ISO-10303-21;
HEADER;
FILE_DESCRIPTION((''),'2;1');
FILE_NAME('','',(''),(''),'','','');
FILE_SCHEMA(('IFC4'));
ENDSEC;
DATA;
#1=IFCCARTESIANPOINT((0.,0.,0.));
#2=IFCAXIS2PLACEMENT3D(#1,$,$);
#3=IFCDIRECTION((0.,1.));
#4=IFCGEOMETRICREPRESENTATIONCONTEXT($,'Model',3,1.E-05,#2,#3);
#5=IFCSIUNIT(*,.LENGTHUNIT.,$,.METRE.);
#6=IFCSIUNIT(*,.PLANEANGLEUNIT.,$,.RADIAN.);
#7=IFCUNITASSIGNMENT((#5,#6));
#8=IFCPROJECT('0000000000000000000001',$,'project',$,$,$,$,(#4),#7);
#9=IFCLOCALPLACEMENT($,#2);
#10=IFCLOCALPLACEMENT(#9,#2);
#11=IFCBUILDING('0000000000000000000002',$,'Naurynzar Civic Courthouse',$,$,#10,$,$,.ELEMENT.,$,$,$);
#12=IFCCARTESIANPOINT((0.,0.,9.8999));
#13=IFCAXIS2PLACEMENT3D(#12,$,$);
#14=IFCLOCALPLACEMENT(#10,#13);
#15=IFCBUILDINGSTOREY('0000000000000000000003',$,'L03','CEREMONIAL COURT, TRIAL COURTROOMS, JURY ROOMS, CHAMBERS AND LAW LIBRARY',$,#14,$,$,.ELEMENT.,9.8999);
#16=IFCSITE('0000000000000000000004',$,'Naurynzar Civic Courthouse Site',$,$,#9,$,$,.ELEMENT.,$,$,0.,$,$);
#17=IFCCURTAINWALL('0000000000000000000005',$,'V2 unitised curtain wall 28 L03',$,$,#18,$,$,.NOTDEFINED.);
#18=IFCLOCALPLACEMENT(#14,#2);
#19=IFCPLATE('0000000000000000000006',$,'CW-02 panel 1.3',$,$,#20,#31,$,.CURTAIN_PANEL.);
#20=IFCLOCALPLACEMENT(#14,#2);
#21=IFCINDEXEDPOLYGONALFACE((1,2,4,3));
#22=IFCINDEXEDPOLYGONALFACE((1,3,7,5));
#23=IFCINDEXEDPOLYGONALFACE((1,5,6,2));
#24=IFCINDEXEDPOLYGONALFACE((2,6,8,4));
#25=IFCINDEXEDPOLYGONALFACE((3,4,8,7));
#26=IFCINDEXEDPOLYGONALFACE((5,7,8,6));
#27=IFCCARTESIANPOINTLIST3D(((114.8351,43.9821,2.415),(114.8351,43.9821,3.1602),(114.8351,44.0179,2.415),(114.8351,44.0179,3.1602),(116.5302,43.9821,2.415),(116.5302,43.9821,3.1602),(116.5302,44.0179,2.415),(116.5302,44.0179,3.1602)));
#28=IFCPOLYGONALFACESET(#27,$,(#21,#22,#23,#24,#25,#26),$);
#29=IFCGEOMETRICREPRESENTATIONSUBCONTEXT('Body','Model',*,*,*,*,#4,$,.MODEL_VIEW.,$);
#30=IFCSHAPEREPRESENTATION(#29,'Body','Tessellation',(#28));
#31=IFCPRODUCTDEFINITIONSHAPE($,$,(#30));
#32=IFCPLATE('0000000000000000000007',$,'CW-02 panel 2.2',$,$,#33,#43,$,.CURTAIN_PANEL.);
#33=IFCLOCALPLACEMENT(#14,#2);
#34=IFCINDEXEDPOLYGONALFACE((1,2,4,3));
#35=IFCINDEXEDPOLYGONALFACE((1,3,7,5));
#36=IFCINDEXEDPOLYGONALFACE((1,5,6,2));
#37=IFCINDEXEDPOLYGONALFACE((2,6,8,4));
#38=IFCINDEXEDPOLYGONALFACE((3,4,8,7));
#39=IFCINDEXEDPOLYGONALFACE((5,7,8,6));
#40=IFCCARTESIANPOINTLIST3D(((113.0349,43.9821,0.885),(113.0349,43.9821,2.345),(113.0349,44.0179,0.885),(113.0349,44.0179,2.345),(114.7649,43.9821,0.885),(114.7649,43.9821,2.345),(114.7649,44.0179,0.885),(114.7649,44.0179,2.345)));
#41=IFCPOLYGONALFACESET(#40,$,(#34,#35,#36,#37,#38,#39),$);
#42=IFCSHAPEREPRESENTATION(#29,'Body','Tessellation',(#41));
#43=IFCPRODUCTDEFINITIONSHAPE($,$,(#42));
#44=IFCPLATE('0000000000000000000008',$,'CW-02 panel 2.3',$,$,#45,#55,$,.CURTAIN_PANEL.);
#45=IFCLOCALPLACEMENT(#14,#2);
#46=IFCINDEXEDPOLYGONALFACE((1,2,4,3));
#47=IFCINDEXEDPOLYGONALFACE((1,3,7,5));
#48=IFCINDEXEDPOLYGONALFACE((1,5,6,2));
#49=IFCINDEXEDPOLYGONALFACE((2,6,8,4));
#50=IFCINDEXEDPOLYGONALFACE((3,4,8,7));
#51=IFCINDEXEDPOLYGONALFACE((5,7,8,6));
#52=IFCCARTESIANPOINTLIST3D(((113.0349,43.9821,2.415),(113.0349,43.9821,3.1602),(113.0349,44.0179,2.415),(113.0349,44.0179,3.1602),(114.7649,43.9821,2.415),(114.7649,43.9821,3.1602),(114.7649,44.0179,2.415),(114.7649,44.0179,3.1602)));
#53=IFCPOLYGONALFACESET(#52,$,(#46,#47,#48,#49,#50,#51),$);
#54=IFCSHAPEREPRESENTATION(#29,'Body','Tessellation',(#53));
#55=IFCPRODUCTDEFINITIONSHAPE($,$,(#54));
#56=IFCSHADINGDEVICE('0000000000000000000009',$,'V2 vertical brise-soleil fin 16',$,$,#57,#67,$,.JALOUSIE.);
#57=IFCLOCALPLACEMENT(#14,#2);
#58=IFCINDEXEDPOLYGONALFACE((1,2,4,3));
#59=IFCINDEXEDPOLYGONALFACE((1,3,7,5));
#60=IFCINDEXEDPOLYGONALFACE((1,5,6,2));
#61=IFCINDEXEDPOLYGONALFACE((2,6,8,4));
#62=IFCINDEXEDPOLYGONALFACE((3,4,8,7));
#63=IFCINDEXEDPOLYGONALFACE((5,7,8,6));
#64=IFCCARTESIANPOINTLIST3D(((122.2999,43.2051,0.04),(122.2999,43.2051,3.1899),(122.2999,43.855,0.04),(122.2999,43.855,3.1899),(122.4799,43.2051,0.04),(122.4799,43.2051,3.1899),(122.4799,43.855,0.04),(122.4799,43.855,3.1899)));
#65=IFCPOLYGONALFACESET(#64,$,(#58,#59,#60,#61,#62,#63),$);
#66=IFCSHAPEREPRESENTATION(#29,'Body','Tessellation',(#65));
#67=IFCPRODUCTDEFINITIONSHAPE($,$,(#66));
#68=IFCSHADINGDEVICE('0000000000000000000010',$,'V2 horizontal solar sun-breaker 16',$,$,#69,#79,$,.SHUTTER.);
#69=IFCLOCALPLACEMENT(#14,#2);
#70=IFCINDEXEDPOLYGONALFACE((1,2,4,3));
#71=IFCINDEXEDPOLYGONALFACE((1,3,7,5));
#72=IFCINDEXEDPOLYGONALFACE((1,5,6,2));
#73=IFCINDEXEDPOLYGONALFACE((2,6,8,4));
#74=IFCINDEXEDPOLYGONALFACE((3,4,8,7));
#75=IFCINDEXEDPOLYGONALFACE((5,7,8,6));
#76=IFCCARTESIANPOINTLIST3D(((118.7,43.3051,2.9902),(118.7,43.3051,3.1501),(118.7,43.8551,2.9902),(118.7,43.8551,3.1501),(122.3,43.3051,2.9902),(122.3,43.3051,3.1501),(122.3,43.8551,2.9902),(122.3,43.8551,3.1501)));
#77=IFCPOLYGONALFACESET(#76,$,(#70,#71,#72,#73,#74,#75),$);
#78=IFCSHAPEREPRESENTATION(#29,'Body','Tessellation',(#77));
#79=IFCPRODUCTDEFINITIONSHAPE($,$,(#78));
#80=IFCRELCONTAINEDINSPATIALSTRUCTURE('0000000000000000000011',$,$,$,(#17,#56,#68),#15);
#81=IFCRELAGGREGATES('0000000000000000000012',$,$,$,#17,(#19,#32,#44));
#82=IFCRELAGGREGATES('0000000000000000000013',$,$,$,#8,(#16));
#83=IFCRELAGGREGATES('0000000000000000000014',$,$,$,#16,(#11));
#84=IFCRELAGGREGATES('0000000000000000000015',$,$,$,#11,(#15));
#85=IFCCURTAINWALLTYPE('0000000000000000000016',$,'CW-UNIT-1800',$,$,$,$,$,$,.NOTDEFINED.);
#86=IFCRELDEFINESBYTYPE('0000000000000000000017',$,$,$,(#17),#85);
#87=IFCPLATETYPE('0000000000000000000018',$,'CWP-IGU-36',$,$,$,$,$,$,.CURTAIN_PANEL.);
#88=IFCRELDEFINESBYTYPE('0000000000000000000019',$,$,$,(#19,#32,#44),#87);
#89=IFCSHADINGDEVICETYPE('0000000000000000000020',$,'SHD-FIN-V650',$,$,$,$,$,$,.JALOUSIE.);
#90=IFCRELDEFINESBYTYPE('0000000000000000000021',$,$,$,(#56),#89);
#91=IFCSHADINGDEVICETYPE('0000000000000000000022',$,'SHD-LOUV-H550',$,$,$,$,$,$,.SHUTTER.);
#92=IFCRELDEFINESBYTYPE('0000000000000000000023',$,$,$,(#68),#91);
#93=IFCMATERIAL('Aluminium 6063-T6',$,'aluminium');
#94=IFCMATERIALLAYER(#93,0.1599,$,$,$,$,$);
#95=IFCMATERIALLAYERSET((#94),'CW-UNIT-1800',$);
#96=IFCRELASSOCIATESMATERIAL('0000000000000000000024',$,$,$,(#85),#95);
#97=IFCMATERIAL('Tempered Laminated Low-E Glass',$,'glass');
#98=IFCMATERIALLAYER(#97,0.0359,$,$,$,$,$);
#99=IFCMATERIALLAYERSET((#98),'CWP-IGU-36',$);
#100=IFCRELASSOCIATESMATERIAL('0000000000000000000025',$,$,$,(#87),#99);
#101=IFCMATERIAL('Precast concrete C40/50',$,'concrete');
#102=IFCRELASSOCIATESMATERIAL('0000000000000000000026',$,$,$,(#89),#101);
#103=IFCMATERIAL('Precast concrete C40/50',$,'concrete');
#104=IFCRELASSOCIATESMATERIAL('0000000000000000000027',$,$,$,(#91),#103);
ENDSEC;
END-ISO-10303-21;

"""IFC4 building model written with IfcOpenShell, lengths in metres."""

from ifc_helpers import new_model, si_unit, direction, frame, origin, origin_2d, place, context, subcontext, project, spatial, rectangle, extrude, material, layer, layer_set, type_object, element, aggregate, save


model = new_model("IFC4")

# Units and contexts
model_context = context("Model", 3, precision=1e-05, world=origin(), true_north=direction((0.0, 1.0)))
body_context = subcontext(model_context, "Body", "Model", "MODEL_VIEW")
ifc_project = project(units=[si_unit("LENGTHUNIT", "METRE"), si_unit("PLANEANGLEUNIT", "RADIAN")], contexts=[model_context])

# Site, building, storey
site_placement = place(None, origin())
site = spatial("IfcSite", under=ifc_project, at=site_placement, Name="Naurynzar Civic Courthouse Site", CompositionType="ELEMENT", RefElevation=0.0)
building_placement = place(site_placement, origin())
building = spatial("IfcBuilding", under=site, at=building_placement, Name="Naurynzar Civic Courthouse", CompositionType="ELEMENT")
storey_placement = place(building_placement, frame((0.0, 0.0, 9.8999)))
storey = spatial("IfcBuildingStorey", under=building, at=storey_placement, Name="L03", Description="CEREMONIAL COURT, TRIAL COURTROOMS, JURY ROOMS, CHAMBERS AND LAW LIBRARY", CompositionType="ELEMENT", Elevation=9.8999)

# Curtain wall, plates
ifc_material_1 = material(Name="Aluminium 6063-T6", Category="aluminium")
ifc_layer_1 = layer(ifc_material_1, 0.1599)
ifc_layer_set_1 = layer_set([ifc_layer_1], Name="CW-UNIT-1800")
curtain_wall_type = type_object("IfcCurtainWallType", Name="CW-UNIT-1800", PredefinedType="NOTDEFINED", material=ifc_layer_set_1)
curtain_wall_placement = place(storey_placement, origin())
curtain_wall = element("IfcCurtainWall", 1, at=curtain_wall_placement, inside=storey, type_object=curtain_wall_type, Name="V2 unitised curtain wall 28 L03", PredefinedType="NOTDEFINED")
ifc_material_2 = material(Name="Tempered Laminated Low-E Glass", Category="glass")
ifc_layer_2 = layer(ifc_material_2, 0.0359)
ifc_layer_set_2 = layer_set([ifc_layer_2], Name="CWP-IGU-36")
plate_type = type_object("IfcPlateType", Name="CWP-IGU-36", PredefinedType="CURTAIN_PANEL", material=ifc_layer_set_2)
plate_1_placement = place(storey_placement, frame((115.6826, 44.0, 2.415), z_axis=(0.0, 0.0, 1.0), x_axis=(-1.0, 0.0, 0.0)))
plate_1 = element("IfcPlate", 2, at=plate_1_placement, type_object=plate_type, Name="CW-02 panel 1.3", PredefinedType="CURTAIN_PANEL", context=body_context, shape_type="SweptSolid", body=[
    extrude(rectangle(XDim=1.6951, YDim=0.0359, at=origin_2d()), origin(), (0.0, 0.0, 1.0), 0.7451),
])
plate_2_placement = place(storey_placement, frame((113.8999, 44.0, 0.885), z_axis=(0.0, 0.0, 1.0), x_axis=(-1.0, 0.0, 0.0)))
plate_2 = element("IfcPlate", 3, at=plate_2_placement, type_object=plate_type, Name="CW-02 panel 2.2", PredefinedType="CURTAIN_PANEL", context=body_context, shape_type="SweptSolid", body=[
    extrude(rectangle(XDim=1.73, YDim=0.0359, at=origin_2d()), origin(), (0.0, 0.0, 1.0), 1.46),
])
plate_3_placement = place(storey_placement, frame((113.8999, 44.0, 2.415), z_axis=(0.0, 0.0, 1.0), x_axis=(-1.0, 0.0, 0.0)))
plate_3 = element("IfcPlate", 4, at=plate_3_placement, type_object=plate_type, Name="CW-02 panel 2.3", PredefinedType="CURTAIN_PANEL", context=body_context, shape_type="SweptSolid", body=[
    extrude(rectangle(XDim=1.73, YDim=0.0359, at=origin_2d()), origin(), (0.0, 0.0, 1.0), 0.7451),
])
aggregate(curtain_wall, [plate_1, plate_2, plate_3])

# Shading devices
ifc_material_3 = material(Name="Precast concrete C40/50", Category="concrete")
shading_device_type_1 = type_object("IfcShadingDeviceType", Name="SHD-FIN-V650", PredefinedType="JALOUSIE", material=ifc_material_3)
shading_device_1_placement = place(storey_placement, frame((122.3899, 43.53, 0.04), z_axis=(0.0, 0.0, 1.0), x_axis=(-1.0, 0.0, 0.0)))
element("IfcShadingDevice", 5, at=shading_device_1_placement, inside=storey, type_object=shading_device_type_1, Name="V2 vertical brise-soleil fin 16", PredefinedType="JALOUSIE", context=body_context, shape_type="SweptSolid", body=[
    extrude(rectangle(XDim=0.1799, YDim=0.6499, at=origin_2d()), origin(), (0.0, 0.0, 1.0), 3.1499),
])
ifc_material_4 = material(Name="Precast concrete C40/50", Category="concrete")
shading_device_type_2 = type_object("IfcShadingDeviceType", Name="SHD-LOUV-H550", PredefinedType="SHUTTER", material=ifc_material_4)
shading_device_2_placement = place(storey_placement, frame((120.5, 43.5801, 2.9902), z_axis=(0.0, 0.0, 1.0), x_axis=(-1.0, 0.0, 0.0)))
element("IfcShadingDevice", 6, at=shading_device_2_placement, inside=storey, type_object=shading_device_type_2, Name="V2 horizontal solar sun-breaker 16", PredefinedType="SHUTTER", context=body_context, shape_type="SweptSolid", body=[
    extrude(rectangle(XDim=3.6001, YDim=0.55, at=origin_2d()), origin(), (0.0, 0.0, 1.0), 0.1599),
])

save(model, "model.ifc")
